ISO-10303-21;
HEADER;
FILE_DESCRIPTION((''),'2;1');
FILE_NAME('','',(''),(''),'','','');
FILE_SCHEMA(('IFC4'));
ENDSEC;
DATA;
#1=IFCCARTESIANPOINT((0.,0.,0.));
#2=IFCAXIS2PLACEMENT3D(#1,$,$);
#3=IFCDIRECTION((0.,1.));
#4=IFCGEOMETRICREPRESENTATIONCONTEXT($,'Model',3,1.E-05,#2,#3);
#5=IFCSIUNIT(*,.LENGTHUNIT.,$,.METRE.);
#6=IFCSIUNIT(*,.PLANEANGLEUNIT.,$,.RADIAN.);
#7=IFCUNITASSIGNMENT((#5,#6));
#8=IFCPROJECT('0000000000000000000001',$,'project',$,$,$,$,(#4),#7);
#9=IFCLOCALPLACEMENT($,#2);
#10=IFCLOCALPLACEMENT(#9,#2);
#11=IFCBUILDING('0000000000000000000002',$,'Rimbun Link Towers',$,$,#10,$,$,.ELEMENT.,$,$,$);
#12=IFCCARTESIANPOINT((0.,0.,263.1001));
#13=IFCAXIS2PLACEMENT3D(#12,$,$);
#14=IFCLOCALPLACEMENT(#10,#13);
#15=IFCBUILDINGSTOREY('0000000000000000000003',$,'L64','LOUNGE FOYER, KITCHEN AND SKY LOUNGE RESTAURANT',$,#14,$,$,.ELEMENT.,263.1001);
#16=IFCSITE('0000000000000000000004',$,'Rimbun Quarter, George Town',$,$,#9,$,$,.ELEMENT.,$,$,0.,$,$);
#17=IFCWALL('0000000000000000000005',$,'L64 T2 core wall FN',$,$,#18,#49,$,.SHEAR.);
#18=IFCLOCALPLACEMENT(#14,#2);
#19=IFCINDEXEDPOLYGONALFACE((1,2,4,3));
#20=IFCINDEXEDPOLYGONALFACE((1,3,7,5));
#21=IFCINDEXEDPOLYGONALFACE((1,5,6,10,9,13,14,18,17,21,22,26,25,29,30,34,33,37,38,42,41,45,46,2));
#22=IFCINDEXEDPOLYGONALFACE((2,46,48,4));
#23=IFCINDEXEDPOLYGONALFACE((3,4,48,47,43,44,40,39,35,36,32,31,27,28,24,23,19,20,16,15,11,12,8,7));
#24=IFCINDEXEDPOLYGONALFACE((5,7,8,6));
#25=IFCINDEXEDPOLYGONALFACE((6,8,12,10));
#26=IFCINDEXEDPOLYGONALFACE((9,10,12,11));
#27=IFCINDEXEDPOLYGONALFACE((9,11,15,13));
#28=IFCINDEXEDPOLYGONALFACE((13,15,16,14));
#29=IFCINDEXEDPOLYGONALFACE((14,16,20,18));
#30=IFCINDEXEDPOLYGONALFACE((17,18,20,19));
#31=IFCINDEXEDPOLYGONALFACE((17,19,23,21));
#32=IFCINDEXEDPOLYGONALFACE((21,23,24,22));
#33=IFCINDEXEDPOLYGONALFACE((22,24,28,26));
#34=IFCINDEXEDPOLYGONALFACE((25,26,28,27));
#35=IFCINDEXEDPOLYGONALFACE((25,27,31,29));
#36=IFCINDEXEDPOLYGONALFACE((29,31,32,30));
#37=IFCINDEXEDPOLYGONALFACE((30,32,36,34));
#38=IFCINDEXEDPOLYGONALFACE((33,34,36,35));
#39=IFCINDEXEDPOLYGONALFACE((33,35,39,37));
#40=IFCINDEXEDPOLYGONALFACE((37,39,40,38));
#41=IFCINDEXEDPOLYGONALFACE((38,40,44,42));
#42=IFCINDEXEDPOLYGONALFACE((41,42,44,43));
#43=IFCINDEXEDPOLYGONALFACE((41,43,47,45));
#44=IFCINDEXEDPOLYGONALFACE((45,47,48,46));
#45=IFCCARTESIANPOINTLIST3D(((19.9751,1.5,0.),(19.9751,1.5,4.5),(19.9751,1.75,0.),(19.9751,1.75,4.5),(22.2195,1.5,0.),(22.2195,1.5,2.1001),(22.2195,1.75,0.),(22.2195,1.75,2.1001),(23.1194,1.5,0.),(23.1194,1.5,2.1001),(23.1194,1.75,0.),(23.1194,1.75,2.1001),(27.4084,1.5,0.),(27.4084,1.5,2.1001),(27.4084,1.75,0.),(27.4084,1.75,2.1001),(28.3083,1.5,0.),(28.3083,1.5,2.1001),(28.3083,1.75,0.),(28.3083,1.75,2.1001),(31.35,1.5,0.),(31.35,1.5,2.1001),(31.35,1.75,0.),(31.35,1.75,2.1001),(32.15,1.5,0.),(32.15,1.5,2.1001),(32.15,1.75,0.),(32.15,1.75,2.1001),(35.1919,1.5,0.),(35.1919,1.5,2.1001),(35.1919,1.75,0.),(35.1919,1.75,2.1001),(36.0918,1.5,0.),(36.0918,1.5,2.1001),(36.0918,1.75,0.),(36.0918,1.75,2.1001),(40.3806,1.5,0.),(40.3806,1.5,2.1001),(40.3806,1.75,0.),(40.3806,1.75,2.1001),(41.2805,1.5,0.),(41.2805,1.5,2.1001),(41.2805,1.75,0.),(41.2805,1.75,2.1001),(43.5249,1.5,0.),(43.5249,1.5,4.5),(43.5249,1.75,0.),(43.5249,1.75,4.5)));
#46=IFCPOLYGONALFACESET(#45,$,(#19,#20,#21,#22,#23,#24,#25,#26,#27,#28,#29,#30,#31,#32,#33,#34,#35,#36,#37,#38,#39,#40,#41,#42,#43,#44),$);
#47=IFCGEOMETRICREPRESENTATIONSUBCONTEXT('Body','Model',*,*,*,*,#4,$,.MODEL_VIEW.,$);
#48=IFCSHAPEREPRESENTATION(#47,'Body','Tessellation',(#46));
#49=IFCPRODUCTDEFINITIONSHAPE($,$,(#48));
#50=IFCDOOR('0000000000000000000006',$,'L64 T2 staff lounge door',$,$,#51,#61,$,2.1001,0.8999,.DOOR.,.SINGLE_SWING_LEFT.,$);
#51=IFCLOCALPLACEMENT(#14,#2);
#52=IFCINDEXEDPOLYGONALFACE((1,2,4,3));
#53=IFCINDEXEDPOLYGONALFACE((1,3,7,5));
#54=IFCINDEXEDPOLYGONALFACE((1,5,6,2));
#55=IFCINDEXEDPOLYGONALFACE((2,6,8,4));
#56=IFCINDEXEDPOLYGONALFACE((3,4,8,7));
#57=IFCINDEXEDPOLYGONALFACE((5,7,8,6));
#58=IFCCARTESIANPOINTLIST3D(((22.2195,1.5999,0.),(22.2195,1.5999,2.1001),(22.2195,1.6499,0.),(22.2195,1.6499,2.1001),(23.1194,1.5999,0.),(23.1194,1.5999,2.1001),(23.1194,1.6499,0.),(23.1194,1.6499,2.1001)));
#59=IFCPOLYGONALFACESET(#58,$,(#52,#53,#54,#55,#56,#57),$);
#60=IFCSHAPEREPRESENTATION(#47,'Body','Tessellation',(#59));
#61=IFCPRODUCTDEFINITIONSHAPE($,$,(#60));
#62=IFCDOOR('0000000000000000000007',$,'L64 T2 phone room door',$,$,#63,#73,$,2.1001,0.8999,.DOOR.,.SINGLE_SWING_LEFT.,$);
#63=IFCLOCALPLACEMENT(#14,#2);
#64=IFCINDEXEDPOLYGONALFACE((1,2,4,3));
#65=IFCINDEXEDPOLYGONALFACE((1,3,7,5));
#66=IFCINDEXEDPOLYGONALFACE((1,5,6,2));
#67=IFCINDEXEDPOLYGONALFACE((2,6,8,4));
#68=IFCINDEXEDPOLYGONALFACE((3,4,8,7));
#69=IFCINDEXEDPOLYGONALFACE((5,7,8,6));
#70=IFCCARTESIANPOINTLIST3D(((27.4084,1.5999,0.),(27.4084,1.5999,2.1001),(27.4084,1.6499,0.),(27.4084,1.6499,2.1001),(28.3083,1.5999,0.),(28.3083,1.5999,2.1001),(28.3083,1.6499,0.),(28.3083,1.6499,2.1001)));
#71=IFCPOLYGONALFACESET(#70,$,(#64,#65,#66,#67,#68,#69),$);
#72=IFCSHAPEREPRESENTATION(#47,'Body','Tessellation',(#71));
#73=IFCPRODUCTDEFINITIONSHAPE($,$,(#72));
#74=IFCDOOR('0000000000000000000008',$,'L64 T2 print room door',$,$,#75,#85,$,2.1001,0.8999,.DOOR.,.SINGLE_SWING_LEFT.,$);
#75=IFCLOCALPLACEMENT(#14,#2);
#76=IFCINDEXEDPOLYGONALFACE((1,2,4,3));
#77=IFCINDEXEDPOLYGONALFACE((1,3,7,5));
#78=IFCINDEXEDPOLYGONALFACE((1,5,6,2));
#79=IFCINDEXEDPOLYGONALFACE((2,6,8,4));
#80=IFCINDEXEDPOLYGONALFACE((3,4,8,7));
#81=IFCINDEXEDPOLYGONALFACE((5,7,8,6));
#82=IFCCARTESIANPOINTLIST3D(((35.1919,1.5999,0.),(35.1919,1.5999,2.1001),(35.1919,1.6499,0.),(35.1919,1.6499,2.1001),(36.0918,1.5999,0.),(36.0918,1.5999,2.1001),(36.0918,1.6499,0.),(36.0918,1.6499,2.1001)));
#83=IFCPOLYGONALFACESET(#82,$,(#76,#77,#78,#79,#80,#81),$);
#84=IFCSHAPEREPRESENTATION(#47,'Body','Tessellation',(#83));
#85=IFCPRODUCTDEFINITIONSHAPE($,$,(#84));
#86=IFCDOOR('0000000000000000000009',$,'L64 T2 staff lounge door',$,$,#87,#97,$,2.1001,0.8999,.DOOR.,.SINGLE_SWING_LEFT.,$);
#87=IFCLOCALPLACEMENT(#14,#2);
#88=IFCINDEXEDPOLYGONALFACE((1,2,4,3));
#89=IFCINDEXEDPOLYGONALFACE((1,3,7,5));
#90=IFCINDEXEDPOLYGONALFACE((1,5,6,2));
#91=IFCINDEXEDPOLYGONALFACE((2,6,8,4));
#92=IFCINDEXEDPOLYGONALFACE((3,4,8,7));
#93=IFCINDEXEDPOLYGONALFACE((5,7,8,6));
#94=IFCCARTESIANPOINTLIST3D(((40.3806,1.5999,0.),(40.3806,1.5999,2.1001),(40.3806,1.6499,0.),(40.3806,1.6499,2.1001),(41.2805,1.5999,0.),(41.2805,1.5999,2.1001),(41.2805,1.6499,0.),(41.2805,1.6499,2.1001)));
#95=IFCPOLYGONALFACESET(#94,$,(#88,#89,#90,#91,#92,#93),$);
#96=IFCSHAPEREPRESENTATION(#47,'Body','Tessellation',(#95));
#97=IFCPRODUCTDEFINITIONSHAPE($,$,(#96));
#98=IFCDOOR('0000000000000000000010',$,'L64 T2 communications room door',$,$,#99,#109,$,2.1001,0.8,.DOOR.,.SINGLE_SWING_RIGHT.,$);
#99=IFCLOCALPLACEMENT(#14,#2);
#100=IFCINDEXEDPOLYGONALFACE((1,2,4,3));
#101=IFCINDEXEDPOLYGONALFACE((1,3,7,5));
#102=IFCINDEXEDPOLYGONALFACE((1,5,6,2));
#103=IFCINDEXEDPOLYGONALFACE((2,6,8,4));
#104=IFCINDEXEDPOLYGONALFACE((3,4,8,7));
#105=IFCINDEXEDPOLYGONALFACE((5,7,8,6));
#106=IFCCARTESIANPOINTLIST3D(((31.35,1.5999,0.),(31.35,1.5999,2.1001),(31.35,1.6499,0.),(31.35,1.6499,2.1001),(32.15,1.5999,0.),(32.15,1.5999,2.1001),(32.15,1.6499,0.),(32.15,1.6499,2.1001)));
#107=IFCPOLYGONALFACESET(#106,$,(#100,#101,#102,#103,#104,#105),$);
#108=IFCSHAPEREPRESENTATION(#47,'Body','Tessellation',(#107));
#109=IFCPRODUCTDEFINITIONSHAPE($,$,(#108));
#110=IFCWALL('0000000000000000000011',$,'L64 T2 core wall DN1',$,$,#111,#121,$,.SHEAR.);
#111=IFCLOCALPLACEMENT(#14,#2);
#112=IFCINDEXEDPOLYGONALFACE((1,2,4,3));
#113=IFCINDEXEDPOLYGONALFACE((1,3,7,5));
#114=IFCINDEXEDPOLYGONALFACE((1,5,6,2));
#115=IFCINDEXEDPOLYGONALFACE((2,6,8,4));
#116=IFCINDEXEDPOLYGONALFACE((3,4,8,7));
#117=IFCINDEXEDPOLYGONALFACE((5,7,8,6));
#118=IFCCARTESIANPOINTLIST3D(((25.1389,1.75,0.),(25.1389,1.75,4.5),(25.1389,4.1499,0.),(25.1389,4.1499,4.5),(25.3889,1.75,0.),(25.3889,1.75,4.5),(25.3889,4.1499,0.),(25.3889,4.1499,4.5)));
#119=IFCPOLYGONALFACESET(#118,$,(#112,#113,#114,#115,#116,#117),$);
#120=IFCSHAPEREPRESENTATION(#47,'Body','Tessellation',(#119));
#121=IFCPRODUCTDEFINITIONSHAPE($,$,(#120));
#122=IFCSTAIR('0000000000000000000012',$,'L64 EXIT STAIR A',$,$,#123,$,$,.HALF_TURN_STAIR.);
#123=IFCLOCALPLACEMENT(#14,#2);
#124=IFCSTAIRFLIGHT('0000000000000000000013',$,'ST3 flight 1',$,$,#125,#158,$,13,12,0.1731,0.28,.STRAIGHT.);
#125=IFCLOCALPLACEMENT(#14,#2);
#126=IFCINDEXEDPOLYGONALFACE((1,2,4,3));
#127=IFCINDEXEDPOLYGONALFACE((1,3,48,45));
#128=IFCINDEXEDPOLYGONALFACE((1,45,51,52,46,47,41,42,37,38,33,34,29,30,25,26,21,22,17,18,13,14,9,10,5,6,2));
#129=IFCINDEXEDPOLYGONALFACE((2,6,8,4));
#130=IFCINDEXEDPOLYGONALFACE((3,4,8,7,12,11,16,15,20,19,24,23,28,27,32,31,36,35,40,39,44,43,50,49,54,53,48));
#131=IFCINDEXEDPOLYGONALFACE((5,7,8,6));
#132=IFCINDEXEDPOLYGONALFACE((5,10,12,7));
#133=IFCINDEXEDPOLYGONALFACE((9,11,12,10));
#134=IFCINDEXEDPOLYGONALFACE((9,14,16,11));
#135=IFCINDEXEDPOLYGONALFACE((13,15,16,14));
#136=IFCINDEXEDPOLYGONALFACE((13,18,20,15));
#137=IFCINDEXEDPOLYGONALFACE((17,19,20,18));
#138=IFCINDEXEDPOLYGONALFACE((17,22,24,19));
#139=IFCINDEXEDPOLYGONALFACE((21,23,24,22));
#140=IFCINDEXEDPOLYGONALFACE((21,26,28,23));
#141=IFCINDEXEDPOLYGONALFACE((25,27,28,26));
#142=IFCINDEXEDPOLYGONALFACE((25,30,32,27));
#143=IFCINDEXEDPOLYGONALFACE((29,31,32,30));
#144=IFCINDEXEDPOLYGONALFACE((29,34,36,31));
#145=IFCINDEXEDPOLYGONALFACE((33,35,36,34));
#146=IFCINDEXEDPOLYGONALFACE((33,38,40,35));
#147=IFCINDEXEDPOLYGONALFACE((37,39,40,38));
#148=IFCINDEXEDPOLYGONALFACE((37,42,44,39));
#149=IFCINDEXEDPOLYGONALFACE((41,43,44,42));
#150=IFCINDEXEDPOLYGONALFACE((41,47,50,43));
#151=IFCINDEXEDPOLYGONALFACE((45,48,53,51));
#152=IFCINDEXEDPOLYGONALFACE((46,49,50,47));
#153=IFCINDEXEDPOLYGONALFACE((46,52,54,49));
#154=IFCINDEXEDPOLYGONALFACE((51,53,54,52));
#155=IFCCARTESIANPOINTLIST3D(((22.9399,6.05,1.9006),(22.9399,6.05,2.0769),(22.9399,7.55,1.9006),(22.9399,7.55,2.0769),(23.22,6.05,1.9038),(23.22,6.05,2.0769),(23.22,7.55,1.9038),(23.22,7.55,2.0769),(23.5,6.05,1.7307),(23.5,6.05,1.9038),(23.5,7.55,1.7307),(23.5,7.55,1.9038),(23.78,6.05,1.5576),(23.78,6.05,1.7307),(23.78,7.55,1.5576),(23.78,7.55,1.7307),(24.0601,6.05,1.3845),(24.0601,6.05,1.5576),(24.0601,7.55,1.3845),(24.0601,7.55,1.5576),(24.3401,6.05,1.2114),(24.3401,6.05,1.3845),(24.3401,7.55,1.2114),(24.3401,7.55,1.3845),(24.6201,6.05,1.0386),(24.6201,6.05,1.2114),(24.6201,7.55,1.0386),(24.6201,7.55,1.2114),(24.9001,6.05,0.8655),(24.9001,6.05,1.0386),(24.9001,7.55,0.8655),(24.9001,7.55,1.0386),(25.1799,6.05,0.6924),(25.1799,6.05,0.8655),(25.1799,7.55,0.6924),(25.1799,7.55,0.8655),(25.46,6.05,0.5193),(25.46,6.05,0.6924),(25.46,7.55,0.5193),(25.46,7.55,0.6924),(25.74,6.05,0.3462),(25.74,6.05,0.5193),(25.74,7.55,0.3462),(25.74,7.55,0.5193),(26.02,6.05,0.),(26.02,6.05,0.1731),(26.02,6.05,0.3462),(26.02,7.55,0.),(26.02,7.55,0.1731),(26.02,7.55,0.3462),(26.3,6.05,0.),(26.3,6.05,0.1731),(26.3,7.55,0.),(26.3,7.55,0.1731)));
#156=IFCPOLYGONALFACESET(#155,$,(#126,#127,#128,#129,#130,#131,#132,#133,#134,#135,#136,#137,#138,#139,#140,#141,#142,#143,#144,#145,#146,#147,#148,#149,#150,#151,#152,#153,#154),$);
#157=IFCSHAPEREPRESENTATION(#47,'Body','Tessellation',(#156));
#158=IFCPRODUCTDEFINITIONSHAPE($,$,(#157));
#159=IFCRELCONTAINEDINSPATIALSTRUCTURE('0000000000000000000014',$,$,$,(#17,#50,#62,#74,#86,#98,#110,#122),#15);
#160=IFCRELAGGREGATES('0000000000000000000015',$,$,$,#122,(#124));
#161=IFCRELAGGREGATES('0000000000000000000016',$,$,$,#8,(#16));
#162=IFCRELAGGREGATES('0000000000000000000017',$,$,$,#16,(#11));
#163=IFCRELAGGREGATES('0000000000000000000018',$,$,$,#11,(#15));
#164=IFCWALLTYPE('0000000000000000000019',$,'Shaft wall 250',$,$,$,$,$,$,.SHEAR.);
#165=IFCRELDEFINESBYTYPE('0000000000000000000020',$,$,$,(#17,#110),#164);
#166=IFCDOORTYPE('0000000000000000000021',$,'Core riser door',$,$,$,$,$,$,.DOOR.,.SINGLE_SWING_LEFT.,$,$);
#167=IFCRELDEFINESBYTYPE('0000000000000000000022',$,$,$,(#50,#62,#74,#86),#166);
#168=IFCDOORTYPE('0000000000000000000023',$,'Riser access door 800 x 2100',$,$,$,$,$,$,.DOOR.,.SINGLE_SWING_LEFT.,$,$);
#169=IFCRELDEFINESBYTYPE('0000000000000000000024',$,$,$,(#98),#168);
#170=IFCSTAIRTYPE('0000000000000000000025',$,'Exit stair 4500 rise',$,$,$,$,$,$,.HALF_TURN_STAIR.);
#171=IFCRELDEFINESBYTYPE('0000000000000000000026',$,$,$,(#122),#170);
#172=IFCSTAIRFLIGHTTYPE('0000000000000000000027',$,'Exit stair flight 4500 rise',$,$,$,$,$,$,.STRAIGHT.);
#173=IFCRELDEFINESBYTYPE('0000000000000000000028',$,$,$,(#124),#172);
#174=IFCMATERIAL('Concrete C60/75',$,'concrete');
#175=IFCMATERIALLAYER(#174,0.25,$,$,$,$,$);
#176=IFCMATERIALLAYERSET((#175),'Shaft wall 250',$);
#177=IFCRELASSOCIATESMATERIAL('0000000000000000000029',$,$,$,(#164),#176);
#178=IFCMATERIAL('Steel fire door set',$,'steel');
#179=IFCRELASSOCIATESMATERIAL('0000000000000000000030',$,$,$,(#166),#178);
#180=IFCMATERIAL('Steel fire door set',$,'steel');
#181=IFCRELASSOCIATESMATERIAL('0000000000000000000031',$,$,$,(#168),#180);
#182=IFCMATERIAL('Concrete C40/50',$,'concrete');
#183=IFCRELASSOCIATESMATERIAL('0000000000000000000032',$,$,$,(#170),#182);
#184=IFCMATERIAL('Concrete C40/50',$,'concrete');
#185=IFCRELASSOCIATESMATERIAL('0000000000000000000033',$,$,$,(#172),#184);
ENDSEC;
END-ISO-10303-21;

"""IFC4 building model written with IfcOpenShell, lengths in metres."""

from ifc_helpers import new_model, si_unit, direction, frame, frame_2d, origin, place, context, subcontext, project, spatial, polyline, rectangle, outline, extrude, material, layer, layer_set, type_object, element, fill, aggregate, save


model = new_model("IFC4")

# Units and contexts
model_context = context("Model", 3, precision=1e-05, world=origin(), true_north=direction((0.0, 1.0)))
body_context = subcontext(model_context, "Body", "Model", "MODEL_VIEW")
ifc_project = project(units=[si_unit("LENGTHUNIT", "METRE"), si_unit("PLANEANGLEUNIT", "RADIAN")], contexts=[model_context])

# Site, building, storey
site_placement = place(None, origin())
site = spatial("IfcSite", under=ifc_project, at=site_placement, Name="Rimbun Quarter, George Town", CompositionType="ELEMENT", RefElevation=0.0)
building_placement = place(site_placement, origin())
building = spatial("IfcBuilding", under=site, at=building_placement, Name="Rimbun Link Towers", CompositionType="ELEMENT")
storey_placement = place(building_placement, frame((0.0, 0.0, 263.1001)))
storey = spatial("IfcBuildingStorey", under=building, at=storey_placement, Name="L64", Description="LOUNGE FOYER, KITCHEN AND SKY LOUNGE RESTAURANT", CompositionType="ELEMENT", Elevation=263.1001)

# Shared definitions
ifc_material_1 = material(Name="Concrete C60/75", Category="concrete")
ifc_layer_1 = layer(ifc_material_1, 0.25)
ifc_layer_set_1 = layer_set([ifc_layer_1], Name="Shaft wall 250")
wall_type_1 = type_object("IfcWallType", Name="Shaft wall 250", PredefinedType="SHEAR", material=ifc_layer_set_1)

# Wall, openings, doors
wall_1_placement = place(storey_placement, frame((19.9751, 1.625, 0.0), z_axis=(0.0, 0.0, 1.0), x_axis=(1.0, 0.0, 0.0)))
wall_1 = element("IfcWall", 1, at=wall_1_placement, inside=storey, type_object=wall_type_1, Name="L64 T2 core wall FN", PredefinedType="SHEAR", context=body_context, shape_type="SweptSolid", body=[
    extrude(rectangle(XDim=23.5498, YDim=0.25, at=frame_2d((11.7749, 0.0))), origin(), (0.0, 0.0, 1.0), 4.5),
])
opening_1_placement = place(wall_1_placement, frame((2.2444, 0.0, 0.0)))
opening_1 = element("IfcOpeningElement", 2, at=opening_1_placement, cuts=wall_1, PredefinedType="OPENING", context=body_context, shape_type="SweptSolid", body=[
    extrude(rectangle(XDim=0.8999, YDim=2.1001, at=frame_2d((0.45, 1.05))), frame((0.0, 0.135, 0.0), z_axis=(0.0, -1.0, 0.0), x_axis=(1.0, 0.0, 0.0)), (0.0, 0.0, 1.0), 0.27),
])
opening_2_placement = place(wall_1_placement, frame((7.4333, 0.0, 0.0)))
opening_2 = element("IfcOpeningElement", 3, at=opening_2_placement, cuts=wall_1, PredefinedType="OPENING", context=body_context, shape_type="SweptSolid", body=[
    extrude(rectangle(XDim=0.8999, YDim=2.1001, at=frame_2d((0.45, 1.05))), frame((0.0, 0.135, 0.0), z_axis=(0.0, -1.0, 0.0), x_axis=(1.0, 0.0, 0.0)), (0.0, 0.0, 1.0), 0.27),
])
opening_3_placement = place(wall_1_placement, frame((11.375, 0.0, 0.0)))
opening_3 = element("IfcOpeningElement", 4, at=opening_3_placement, cuts=wall_1, PredefinedType="OPENING", context=body_context, shape_type="SweptSolid", body=[
    extrude(rectangle(XDim=0.8, YDim=2.1001, at=frame_2d((0.3999, 1.05))), frame((0.0, 0.135, 0.0), z_axis=(0.0, -1.0, 0.0), x_axis=(1.0, 0.0, 0.0)), (0.0, 0.0, 1.0), 0.27),
])
opening_4_placement = place(wall_1_placement, frame((15.2168, 0.0, 0.0)))
opening_4 = element("IfcOpeningElement", 5, at=opening_4_placement, cuts=wall_1, PredefinedType="OPENING", context=body_context, shape_type="SweptSolid", body=[
    extrude(rectangle(XDim=0.8999, YDim=2.1001, at=frame_2d((0.45, 1.05))), frame((0.0, 0.135, 0.0), z_axis=(0.0, -1.0, 0.0), x_axis=(1.0, 0.0, 0.0)), (0.0, 0.0, 1.0), 0.27),
])
opening_5_placement = place(wall_1_placement, frame((20.4055, 0.0, 0.0)))
opening_5 = element("IfcOpeningElement", 6, at=opening_5_placement, cuts=wall_1, PredefinedType="OPENING", context=body_context, shape_type="SweptSolid", body=[
    extrude(rectangle(XDim=0.8999, YDim=2.1001, at=frame_2d((0.45, 1.05))), frame((0.0, 0.135, 0.0), z_axis=(0.0, -1.0, 0.0), x_axis=(1.0, 0.0, 0.0)), (0.0, 0.0, 1.0), 0.27),
])
ifc_material_2 = material(Name="Steel fire door set", Category="steel")
door_type_1 = type_object("IfcDoorType", Name="Core riser door", OperationType="SINGLE_SWING_LEFT", PredefinedType="DOOR", material=ifc_material_2)
door_1_placement = place(opening_1_placement, origin())
door_1 = element("IfcDoor", 7, at=door_1_placement, inside=storey, type_object=door_type_1, Name="L64 T2 staff lounge door", OperationType="SINGLE_SWING_LEFT", OverallHeight=2.1001, OverallWidth=0.8999, PredefinedType="DOOR", context=body_context, shape_type="SweptSolid", body=[
    extrude(rectangle(XDim=0.8999, YDim=2.1001, at=frame_2d((0.45, 1.05))), frame((0.0, 0.0249, 0.0), z_axis=(0.0, -1.0, 0.0), x_axis=(1.0, 0.0, 0.0)), (0.0, 0.0, 1.0), 0.05),
])
fill(opening_1, door_1)
door_2_placement = place(opening_2_placement, origin())
door_2 = element("IfcDoor", 8, at=door_2_placement, inside=storey, type_object=door_type_1, Name="L64 T2 phone room door", OperationType="SINGLE_SWING_LEFT", OverallHeight=2.1001, OverallWidth=0.8999, PredefinedType="DOOR", context=body_context, shape_type="SweptSolid", body=[
    extrude(rectangle(XDim=0.8999, YDim=2.1001, at=frame_2d((0.45, 1.05))), frame((0.0, 0.0249, 0.0), z_axis=(0.0, -1.0, 0.0), x_axis=(1.0, 0.0, 0.0)), (0.0, 0.0, 1.0), 0.05),
])
fill(opening_2, door_2)
door_3_placement = place(opening_4_placement, origin())
door_3 = element("IfcDoor", 9, at=door_3_placement, inside=storey, type_object=door_type_1, Name="L64 T2 print room door", OperationType="SINGLE_SWING_LEFT", OverallHeight=2.1001, OverallWidth=0.8999, PredefinedType="DOOR", context=body_context, shape_type="SweptSolid", body=[
    extrude(rectangle(XDim=0.8999, YDim=2.1001, at=frame_2d((0.45, 1.05))), frame((0.0, 0.0249, 0.0), z_axis=(0.0, -1.0, 0.0), x_axis=(1.0, 0.0, 0.0)), (0.0, 0.0, 1.0), 0.05),
])
fill(opening_4, door_3)
door_4_placement = place(opening_5_placement, origin())
door_4 = element("IfcDoor", 10, at=door_4_placement, inside=storey, type_object=door_type_1, Name="L64 T2 staff lounge door", OperationType="SINGLE_SWING_LEFT", OverallHeight=2.1001, OverallWidth=0.8999, PredefinedType="DOOR", context=body_context, shape_type="SweptSolid", body=[
    extrude(rectangle(XDim=0.8999, YDim=2.1001, at=frame_2d((0.45, 1.05))), frame((0.0, 0.0249, 0.0), z_axis=(0.0, -1.0, 0.0), x_axis=(1.0, 0.0, 0.0)), (0.0, 0.0, 1.0), 0.05),
])
fill(opening_5, door_4)
ifc_material_3 = material(Name="Steel fire door set", Category="steel")
door_type_2 = type_object("IfcDoorType", Name="Riser access door 800 x 2100", OperationType="SINGLE_SWING_LEFT", PredefinedType="DOOR", material=ifc_material_3)
door_5_placement = place(opening_3_placement, origin())
door_5 = element("IfcDoor", 11, at=door_5_placement, inside=storey, type_object=door_type_2, Name="L64 T2 communications room door", OperationType="SINGLE_SWING_RIGHT", OverallHeight=2.1001, OverallWidth=0.8, PredefinedType="DOOR", context=body_context, shape_type="SweptSolid", body=[
    extrude(rectangle(XDim=0.8, YDim=2.1001, at=frame_2d((0.3999, 1.05))), frame((0.0, 0.0249, 0.0), z_axis=(0.0, -1.0, 0.0), x_axis=(1.0, 0.0, 0.0)), (0.0, 0.0, 1.0), 0.05),
])
fill(opening_3, door_5)

# Wall
wall_2_placement = place(storey_placement, frame((25.2639, 1.75, 0.0), z_axis=(0.0, 0.0, 1.0), x_axis=(0.0, 1.0, 0.0)))
element("IfcWall", 12, at=wall_2_placement, inside=storey, type_object=wall_type_1, Name="L64 T2 core wall DN1", PredefinedType="SHEAR", context=body_context, shape_type="SweptSolid", body=[
    extrude(rectangle(XDim=2.3999, YDim=0.25, at=frame_2d((1.2, 0.0))), origin(), (0.0, 0.0, 1.0), 4.5),
])

# Stair, stair flight
ifc_material_4 = material(Name="Concrete C40/50", Category="concrete")
stair_type = type_object("IfcStairType", Name="Exit stair 4500 rise", PredefinedType="HALF_TURN_STAIR", material=ifc_material_4)
stair_placement = place(storey_placement, origin())
stair = element("IfcStair", 13, at=stair_placement, inside=storey, type_object=stair_type, Name="L64 EXIT STAIR A", PredefinedType="HALF_TURN_STAIR")
ifc_material_5 = material(Name="Concrete C40/50", Category="concrete")
stair_flight_type = type_object("IfcStairFlightType", Name="Exit stair flight 4500 rise", PredefinedType="STRAIGHT", material=ifc_material_5)
stair_flight_1_placement = place(storey_placement, frame((26.3, 6.8, 0.0), z_axis=(0.0, 0.0, 1.0), x_axis=(-1.0, 0.0, 0.0)))
stair_flight_1 = element("IfcStairFlight", 14, at=stair_flight_1_placement, type_object=stair_flight_type, Name="ST3 flight 1", NumberOfRisers=13, NumberOfTreads=12, PredefinedType="STRAIGHT", RiserHeight=0.1731, TreadLength=0.28, context=body_context, shape_type="SweptSolid", body=[
    extrude(outline(polyline([(0.0, 0.0), (0.0, 0.1731), (0.28, 0.1731), (0.28, 0.3462), (0.5601, 0.3462), (0.5601, 0.5193), (0.8401, 0.5193), (0.8401, 0.6924), (1.1201, 0.6924), (1.1201, 0.8655), (1.3999, 0.8655), (1.3999, 1.0386), (1.6799, 1.0386), (1.6799, 1.2114), (1.96, 1.2114), (1.96, 1.3845), (2.24, 1.3845), (2.24, 1.5576), (2.52, 1.5576), (2.52, 1.7307), (2.8, 1.7307), (2.8, 1.9038), (3.0801, 1.9038), (3.0801, 2.0769), (3.3601, 2.0769), (3.3601, 2.25), (3.3601, 1.9006), (0.28, 0.0), (0.0, 0.0)])), frame((0.0, 0.75, 0.0), z_axis=(0.0, -1.0, 0.0), x_axis=(1.0, 0.0, 0.0)), (0.0, 0.0, 1.0), 1.5),
])
aggregate(stair, [stair_flight_1])

save(model, "model.ifc")
